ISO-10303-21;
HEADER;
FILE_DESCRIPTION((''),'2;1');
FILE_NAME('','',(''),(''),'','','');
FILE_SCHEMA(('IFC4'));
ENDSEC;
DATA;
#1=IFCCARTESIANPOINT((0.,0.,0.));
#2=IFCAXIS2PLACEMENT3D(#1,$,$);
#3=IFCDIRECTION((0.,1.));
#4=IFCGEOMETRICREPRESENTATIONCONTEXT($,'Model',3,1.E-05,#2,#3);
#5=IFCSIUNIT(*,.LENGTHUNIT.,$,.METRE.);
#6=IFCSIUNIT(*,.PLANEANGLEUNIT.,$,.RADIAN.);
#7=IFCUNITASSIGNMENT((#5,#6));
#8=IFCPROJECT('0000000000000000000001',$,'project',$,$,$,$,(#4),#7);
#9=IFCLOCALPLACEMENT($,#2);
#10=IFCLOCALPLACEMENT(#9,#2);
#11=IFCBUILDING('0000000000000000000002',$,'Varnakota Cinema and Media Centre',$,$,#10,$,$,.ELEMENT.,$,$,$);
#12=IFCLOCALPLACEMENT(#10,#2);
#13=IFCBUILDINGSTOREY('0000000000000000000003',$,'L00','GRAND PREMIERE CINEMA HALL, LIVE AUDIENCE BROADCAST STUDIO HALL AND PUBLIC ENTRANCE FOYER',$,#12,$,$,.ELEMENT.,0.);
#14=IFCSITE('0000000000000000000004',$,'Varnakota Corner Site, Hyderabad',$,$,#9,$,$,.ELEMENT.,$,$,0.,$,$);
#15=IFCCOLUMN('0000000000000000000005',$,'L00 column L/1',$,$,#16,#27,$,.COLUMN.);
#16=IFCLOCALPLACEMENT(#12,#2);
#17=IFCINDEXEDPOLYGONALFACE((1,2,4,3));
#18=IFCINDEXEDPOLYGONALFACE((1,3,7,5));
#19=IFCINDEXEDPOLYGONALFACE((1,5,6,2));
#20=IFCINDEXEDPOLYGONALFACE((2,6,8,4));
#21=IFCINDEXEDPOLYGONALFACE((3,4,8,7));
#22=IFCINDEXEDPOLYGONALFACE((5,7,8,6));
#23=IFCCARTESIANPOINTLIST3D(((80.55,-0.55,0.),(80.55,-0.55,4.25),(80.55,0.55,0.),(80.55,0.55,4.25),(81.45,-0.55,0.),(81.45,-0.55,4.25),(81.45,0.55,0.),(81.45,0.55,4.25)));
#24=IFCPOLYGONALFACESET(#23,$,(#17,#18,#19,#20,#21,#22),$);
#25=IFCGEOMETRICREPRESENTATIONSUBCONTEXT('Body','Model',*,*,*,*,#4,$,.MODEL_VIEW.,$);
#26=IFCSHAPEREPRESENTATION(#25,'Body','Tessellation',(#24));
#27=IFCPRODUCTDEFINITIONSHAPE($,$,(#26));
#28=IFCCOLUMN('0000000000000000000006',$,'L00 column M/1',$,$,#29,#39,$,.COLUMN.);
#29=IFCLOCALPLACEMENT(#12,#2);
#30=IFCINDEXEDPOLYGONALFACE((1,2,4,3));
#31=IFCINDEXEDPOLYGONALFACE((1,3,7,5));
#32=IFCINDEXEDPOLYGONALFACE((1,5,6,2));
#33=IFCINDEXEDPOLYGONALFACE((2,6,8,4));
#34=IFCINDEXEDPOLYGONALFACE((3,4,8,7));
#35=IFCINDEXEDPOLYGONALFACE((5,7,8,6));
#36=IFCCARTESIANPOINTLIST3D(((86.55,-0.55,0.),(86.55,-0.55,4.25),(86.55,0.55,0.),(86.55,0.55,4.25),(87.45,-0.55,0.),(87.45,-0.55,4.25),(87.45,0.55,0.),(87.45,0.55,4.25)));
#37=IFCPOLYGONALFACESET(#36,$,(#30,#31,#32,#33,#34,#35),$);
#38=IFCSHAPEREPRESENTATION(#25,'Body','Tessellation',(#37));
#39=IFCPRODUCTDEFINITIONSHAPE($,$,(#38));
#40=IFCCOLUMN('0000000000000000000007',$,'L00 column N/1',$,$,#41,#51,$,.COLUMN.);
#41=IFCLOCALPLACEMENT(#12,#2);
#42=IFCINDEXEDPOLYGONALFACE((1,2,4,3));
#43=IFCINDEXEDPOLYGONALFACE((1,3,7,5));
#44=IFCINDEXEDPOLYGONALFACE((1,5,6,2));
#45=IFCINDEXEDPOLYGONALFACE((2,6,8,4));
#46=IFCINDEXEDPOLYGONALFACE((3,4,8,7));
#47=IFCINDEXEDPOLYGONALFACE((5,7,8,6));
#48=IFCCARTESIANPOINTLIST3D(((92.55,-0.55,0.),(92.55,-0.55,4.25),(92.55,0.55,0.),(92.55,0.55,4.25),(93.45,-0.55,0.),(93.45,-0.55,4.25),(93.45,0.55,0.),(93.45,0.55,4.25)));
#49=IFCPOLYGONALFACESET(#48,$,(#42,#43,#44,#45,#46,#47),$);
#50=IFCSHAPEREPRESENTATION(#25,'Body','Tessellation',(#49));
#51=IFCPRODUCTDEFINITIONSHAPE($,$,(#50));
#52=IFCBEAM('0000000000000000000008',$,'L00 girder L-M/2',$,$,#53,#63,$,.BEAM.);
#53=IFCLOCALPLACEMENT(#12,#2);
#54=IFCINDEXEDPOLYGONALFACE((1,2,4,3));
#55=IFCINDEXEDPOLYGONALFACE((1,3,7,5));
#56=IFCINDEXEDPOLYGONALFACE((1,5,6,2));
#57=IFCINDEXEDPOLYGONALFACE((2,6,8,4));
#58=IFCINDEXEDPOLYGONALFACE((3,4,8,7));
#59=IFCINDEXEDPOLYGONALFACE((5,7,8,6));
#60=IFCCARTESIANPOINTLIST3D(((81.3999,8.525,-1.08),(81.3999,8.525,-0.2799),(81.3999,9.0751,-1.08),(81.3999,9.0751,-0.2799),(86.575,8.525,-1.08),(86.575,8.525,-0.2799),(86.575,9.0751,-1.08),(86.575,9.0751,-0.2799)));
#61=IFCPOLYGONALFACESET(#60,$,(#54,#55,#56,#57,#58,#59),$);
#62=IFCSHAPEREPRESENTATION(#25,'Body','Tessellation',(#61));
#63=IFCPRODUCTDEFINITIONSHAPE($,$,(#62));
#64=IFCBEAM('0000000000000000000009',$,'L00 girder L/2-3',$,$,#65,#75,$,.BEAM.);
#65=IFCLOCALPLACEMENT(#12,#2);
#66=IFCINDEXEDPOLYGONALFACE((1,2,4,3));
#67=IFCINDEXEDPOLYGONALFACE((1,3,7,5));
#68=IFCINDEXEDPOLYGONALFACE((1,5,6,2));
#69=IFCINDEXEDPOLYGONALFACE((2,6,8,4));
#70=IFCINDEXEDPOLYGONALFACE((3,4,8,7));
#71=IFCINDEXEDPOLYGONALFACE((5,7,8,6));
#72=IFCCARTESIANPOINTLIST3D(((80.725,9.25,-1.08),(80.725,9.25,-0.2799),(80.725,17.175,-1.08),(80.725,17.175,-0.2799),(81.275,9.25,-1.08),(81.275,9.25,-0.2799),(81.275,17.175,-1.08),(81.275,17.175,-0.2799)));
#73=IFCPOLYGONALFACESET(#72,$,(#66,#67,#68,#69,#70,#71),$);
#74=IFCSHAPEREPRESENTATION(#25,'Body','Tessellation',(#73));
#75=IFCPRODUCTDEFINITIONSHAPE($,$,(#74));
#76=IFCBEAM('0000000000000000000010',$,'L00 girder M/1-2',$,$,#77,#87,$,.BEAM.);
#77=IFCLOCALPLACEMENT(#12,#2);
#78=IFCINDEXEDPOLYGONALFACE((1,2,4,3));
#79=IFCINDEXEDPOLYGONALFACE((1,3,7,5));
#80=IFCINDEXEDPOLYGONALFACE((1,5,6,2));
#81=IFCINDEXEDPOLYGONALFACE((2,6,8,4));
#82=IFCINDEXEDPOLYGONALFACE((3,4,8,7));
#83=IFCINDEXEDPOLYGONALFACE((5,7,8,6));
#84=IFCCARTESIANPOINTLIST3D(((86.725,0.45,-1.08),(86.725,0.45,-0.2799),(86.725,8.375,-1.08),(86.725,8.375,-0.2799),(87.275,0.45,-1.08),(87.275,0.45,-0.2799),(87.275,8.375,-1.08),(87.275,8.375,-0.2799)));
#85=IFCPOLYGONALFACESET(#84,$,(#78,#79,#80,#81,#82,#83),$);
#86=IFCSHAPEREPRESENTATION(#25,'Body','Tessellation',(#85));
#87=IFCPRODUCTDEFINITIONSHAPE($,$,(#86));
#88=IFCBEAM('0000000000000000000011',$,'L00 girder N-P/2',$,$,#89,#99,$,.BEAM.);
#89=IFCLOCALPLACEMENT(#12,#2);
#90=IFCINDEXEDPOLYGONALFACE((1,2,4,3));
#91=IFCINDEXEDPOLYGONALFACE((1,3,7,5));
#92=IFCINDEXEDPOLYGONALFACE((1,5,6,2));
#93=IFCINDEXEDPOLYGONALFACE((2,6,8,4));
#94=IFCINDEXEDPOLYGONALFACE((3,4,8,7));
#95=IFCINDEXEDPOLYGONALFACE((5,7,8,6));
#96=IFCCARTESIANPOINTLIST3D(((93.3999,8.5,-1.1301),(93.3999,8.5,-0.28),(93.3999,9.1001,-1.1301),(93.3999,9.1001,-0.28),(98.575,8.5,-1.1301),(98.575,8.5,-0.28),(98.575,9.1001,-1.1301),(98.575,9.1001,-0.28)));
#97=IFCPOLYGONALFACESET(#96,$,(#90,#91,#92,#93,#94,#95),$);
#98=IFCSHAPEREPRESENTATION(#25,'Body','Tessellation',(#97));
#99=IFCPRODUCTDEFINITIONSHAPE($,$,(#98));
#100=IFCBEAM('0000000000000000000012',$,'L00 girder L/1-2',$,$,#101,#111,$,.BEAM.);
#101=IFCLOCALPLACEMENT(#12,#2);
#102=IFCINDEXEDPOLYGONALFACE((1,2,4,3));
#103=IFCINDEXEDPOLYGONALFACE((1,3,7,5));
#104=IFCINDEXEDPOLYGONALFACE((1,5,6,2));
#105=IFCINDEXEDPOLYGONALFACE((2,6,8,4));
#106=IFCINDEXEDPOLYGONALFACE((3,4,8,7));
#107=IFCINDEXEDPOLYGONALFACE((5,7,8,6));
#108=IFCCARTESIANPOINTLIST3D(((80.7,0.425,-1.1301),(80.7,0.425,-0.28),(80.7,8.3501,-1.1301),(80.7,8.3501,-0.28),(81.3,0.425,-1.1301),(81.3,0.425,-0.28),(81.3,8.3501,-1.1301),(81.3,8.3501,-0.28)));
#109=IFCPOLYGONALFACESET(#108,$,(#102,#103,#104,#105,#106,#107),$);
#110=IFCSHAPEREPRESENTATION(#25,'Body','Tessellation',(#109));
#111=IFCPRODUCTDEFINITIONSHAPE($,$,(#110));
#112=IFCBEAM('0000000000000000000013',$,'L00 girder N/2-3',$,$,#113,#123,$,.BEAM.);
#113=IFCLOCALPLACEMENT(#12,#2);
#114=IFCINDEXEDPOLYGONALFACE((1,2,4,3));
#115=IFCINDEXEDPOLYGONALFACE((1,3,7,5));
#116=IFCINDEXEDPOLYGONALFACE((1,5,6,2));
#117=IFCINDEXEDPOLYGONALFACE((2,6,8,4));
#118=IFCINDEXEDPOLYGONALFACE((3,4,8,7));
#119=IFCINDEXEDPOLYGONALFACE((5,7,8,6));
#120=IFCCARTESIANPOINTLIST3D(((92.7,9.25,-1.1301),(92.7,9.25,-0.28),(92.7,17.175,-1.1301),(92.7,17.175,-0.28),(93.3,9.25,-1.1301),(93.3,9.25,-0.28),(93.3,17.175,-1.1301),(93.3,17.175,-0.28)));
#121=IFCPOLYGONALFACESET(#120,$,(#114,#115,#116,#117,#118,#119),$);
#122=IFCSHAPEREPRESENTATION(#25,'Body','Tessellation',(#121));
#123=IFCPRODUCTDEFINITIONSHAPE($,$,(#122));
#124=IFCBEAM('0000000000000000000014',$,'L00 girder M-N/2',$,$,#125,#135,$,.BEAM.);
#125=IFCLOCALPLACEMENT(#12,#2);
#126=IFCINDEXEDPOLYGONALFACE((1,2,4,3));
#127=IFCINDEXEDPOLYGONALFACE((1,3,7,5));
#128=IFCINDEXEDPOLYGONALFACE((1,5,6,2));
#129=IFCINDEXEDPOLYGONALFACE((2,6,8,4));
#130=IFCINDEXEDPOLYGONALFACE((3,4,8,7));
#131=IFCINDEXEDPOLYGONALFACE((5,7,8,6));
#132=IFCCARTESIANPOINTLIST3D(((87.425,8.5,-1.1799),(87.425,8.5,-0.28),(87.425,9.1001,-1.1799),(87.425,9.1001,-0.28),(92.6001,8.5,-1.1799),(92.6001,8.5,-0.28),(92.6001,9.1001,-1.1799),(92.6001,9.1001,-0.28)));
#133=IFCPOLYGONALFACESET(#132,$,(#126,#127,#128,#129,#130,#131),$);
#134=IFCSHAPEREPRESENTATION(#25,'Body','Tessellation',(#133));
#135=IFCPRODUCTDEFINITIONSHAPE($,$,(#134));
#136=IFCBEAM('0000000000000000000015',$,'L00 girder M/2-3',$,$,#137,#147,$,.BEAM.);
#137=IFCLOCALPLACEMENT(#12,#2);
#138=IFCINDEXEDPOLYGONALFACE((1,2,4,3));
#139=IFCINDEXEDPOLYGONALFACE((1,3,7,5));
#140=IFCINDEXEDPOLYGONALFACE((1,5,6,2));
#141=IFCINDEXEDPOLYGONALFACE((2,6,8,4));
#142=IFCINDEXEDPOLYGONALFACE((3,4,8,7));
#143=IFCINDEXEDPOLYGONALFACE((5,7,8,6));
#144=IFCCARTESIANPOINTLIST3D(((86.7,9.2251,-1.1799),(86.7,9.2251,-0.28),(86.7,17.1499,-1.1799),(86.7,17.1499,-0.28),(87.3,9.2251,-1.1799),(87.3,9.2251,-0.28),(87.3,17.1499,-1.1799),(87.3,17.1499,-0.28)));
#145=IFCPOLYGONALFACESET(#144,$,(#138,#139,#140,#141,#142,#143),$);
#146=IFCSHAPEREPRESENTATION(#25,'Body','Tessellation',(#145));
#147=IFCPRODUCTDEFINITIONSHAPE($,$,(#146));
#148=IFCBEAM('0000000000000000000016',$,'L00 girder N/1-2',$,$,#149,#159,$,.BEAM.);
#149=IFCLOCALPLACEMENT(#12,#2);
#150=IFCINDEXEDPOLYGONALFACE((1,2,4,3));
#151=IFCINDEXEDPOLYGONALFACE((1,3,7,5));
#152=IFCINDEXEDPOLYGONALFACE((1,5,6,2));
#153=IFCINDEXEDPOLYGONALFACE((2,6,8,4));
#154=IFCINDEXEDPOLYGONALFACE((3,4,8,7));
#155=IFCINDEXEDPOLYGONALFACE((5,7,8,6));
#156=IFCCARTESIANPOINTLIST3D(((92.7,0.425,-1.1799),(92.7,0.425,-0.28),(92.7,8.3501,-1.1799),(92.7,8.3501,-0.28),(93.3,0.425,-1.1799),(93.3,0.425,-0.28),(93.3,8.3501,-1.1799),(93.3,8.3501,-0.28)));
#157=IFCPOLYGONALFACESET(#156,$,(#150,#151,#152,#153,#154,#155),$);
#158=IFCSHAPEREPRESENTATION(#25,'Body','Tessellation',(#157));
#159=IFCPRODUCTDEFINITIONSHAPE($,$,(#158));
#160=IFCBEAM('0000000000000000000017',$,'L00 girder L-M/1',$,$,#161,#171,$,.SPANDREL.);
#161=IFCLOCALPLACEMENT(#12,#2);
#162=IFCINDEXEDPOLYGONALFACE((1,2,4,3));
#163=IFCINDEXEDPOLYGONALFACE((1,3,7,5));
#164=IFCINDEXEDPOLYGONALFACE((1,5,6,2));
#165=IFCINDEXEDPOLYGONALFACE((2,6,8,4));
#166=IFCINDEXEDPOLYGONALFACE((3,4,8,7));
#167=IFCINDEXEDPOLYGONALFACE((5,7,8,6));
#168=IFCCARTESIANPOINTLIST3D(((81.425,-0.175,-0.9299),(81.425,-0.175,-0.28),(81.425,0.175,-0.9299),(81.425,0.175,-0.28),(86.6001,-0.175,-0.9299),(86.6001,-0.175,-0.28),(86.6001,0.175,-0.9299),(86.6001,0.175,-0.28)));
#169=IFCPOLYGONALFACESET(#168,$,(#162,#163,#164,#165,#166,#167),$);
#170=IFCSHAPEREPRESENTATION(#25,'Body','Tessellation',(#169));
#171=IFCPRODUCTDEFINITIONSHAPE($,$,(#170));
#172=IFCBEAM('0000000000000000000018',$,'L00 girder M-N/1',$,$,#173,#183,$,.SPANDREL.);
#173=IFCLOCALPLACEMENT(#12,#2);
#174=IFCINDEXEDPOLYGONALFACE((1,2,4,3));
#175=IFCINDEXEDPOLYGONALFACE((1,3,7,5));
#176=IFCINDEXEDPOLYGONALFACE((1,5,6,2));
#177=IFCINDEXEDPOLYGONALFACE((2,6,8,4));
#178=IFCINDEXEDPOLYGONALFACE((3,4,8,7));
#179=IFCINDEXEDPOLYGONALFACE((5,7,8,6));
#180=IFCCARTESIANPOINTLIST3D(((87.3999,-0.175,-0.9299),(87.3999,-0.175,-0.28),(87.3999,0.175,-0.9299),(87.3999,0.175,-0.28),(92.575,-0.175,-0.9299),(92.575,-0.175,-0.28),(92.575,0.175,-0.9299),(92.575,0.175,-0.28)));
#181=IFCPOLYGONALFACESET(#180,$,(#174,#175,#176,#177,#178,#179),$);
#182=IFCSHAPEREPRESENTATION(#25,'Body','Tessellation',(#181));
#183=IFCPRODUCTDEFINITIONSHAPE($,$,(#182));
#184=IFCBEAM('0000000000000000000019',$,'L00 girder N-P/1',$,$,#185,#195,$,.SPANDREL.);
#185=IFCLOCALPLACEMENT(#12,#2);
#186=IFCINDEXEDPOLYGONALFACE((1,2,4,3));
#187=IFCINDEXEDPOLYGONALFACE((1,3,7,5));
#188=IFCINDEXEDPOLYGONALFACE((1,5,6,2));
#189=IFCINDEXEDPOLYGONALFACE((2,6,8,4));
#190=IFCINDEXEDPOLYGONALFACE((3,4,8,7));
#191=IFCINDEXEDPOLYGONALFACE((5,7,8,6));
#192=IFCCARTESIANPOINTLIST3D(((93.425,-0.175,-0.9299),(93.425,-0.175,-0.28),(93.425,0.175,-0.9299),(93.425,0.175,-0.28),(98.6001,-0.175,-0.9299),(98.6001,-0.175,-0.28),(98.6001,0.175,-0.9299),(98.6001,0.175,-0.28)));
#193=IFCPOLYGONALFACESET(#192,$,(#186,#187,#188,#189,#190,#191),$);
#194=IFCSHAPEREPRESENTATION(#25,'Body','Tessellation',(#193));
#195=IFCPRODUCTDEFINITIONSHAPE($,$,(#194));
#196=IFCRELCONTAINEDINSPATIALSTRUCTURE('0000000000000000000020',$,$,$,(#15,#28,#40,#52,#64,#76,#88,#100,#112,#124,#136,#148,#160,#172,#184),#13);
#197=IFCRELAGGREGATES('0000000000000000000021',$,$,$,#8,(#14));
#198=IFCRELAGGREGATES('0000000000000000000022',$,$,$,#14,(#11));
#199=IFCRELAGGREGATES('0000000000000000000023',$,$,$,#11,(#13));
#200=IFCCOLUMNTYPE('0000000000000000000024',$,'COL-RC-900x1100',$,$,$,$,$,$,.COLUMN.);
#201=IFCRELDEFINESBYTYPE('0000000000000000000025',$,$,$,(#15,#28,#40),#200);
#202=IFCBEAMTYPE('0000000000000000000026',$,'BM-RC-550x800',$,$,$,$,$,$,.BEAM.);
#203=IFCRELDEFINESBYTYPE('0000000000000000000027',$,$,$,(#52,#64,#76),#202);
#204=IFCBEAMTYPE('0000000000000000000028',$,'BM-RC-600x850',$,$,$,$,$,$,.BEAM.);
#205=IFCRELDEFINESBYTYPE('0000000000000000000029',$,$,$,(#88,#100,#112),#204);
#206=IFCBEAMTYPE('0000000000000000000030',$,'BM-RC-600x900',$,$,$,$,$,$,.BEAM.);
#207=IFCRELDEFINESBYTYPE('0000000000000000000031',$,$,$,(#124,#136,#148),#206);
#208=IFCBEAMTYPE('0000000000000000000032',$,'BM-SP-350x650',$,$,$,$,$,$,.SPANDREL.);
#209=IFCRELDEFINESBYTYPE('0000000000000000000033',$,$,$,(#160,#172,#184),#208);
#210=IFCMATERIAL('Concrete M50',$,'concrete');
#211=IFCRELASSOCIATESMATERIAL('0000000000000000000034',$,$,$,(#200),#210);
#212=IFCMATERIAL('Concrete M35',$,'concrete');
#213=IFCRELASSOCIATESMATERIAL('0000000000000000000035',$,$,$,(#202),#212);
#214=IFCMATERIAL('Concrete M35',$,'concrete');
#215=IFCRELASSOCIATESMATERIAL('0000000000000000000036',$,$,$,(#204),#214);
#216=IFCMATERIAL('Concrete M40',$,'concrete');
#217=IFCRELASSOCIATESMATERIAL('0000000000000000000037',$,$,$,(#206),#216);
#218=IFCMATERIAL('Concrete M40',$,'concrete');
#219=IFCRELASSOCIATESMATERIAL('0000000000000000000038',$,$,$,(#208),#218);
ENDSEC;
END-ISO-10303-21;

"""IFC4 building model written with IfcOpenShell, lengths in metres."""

from ifc_helpers import new_model, si_unit, direction, frame, origin, origin_2d, place, context, subcontext, project, spatial, rectangle, extrude, material, material_profile, profile_set, type_object, element, save


model = new_model("IFC4")

# Units and contexts
model_context = context("Model", 3, precision=1e-05, world=origin(), true_north=direction((0.0, 1.0)))
body_context = subcontext(model_context, "Body", "Model", "MODEL_VIEW")
ifc_project = project(units=[si_unit("LENGTHUNIT", "METRE"), si_unit("PLANEANGLEUNIT", "RADIAN")], contexts=[model_context])

# Site, building, storey
site_placement = place(None, origin())
site = spatial("IfcSite", under=ifc_project, at=site_placement, Name="Varnakota Corner Site, Hyderabad", CompositionType="ELEMENT", RefElevation=0.0)
building_placement = place(site_placement, origin())
building = spatial("IfcBuilding", under=site, at=building_placement, Name="Varnakota Cinema and Media Centre", CompositionType="ELEMENT")
storey_placement = place(building_placement, origin())
storey = spatial("IfcBuildingStorey", under=building, at=storey_placement, Name="L00", Description="GRAND PREMIERE CINEMA HALL, LIVE AUDIENCE BROADCAST STUDIO HALL AND PUBLIC ENTRANCE FOYER", CompositionType="ELEMENT", Elevation=0.0)

# Columns
ifc_material_1 = material(Name="Concrete M50", Category="concrete")
ifc_material_profile_1 = material_profile(ifc_material_1, rectangle(XDim=0.8999, YDim=1.1001, at=origin_2d()), Name="RC 900x1100")
ifc_profile_set_1 = profile_set([ifc_material_profile_1], Name="Concrete M50")
column_type = type_object("IfcColumnType", Name="COL-RC-900x1100", PredefinedType="COLUMN", material=ifc_profile_set_1)
for number, where, z_axis, x_axis, name in (
    (1, (81.0, 0.0, 0.0), (0.0, 0.0, 1.0), (1.0, 0.0, 0.0), "L00 column L/1"),
    (2, (87.0, 0.0, 0.0), (0.0, 0.0, 1.0), (1.0, 0.0, 0.0), "L00 column M/1"),
    (3, (93.0, 0.0, 0.0), (0.0, 0.0, 1.0), (1.0, 0.0, 0.0), "L00 column N/1"),
):
    element("IfcColumn", number, at=place(storey_placement, frame(where, z_axis=z_axis, x_axis=x_axis)), inside=storey, type_object=column_type, Name=name, PredefinedType="COLUMN", context=body_context, shape_type="SweptSolid", body=[
        extrude(rectangle(XDim=0.8999, YDim=1.1001, at=origin_2d()), origin(), (0.0, 0.0, 1.0), 4.25),
    ])

# Beams
ifc_material_2 = material(Name="Concrete M35", Category="concrete")
ifc_material_profile_2 = material_profile(ifc_material_2, rectangle(XDim=0.55, YDim=0.8, at=origin_2d()), Name="RCB 550x800")
ifc_profile_set_2 = profile_set([ifc_material_profile_2], Name="Concrete M35")
beam_type_1 = type_object("IfcBeamType", Name="BM-RC-550x800", PredefinedType="BEAM", material=ifc_profile_set_2)
beam_1_placement = place(storey_placement, frame((81.3999, 8.8, -0.6799), z_axis=(1.0, 0.0, 0.0), x_axis=(0.0, 1.0, 0.0)))
element("IfcBeam", 4, at=beam_1_placement, inside=storey, type_object=beam_type_1, Name="L00 girder L-M/2", PredefinedType="BEAM", context=body_context, shape_type="SweptSolid", body=[
    extrude(rectangle(XDim=0.55, YDim=0.8, at=origin_2d()), origin(), (0.0, 0.0, 1.0), 5.175),
])
for number, where, z_axis, x_axis, name in (
    (5, (81.0, 9.25, -0.6799), (0.0, 1.0, 0.0), (-1.0, 0.0, 0.0), "L00 girder L/2-3"),
    (6, (87.0, 0.45, -0.6799), (0.0, 1.0, 0.0), (-1.0, 0.0, 0.0), "L00 girder M/1-2"),
):
    element("IfcBeam", number, at=place(storey_placement, frame(where, z_axis=z_axis, x_axis=x_axis)), inside=storey, type_object=beam_type_1, Name=name, PredefinedType="BEAM", context=body_context, shape_type="SweptSolid", body=[
        extrude(rectangle(XDim=0.55, YDim=0.8, at=origin_2d()), origin(), (0.0, 0.0, 1.0), 7.925),
    ])
ifc_material_3 = material(Name="Concrete M35", Category="concrete")
ifc_material_profile_3 = material_profile(ifc_material_3, rectangle(XDim=0.6001, YDim=0.8501, at=origin_2d()), Name="RCB 600x850")
ifc_profile_set_3 = profile_set([ifc_material_profile_3], Name="Concrete M35")
beam_type_2 = type_object("IfcBeamType", Name="BM-RC-600x850", PredefinedType="BEAM", material=ifc_profile_set_3)
beam_2_placement = place(storey_placement, frame((93.3999, 8.8, -0.7051), z_axis=(1.0, 0.0, 0.0), x_axis=(0.0, 1.0, 0.0)))
element("IfcBeam", 7, at=beam_2_placement, inside=storey, type_object=beam_type_2, Name="L00 girder N-P/2", PredefinedType="BEAM", context=body_context, shape_type="SweptSolid", body=[
    extrude(rectangle(XDim=0.6001, YDim=0.8501, at=origin_2d()), origin(), (0.0, 0.0, 1.0), 5.175),
])
for number, where, z_axis, x_axis, name in (
    (8, (81.0, 0.425, -0.7051), (0.0, 1.0, 0.0), (-1.0, 0.0, 0.0), "L00 girder L/1-2"),
    (9, (93.0, 9.25, -0.7051), (0.0, 1.0, 0.0), (-1.0, 0.0, 0.0), "L00 girder N/2-3"),
):
    element("IfcBeam", number, at=place(storey_placement, frame(where, z_axis=z_axis, x_axis=x_axis)), inside=storey, type_object=beam_type_2, Name=name, PredefinedType="BEAM", context=body_context, shape_type="SweptSolid", body=[
        extrude(rectangle(XDim=0.6001, YDim=0.8501, at=origin_2d()), origin(), (0.0, 0.0, 1.0), 7.925),
    ])
ifc_material_4 = material(Name="Concrete M40", Category="concrete")
ifc_material_profile_4 = material_profile(ifc_material_4, rectangle(XDim=0.6001, YDim=0.8999, at=origin_2d()), Name="RCB 600x900")
ifc_profile_set_4 = profile_set([ifc_material_profile_4], Name="Concrete M40")
beam_type_3 = type_object("IfcBeamType", Name="BM-RC-600x900", PredefinedType="BEAM", material=ifc_profile_set_4)
beam_3_placement = place(storey_placement, frame((87.425, 8.8, -0.73), z_axis=(1.0, 0.0, 0.0), x_axis=(0.0, 1.0, 0.0)))
element("IfcBeam", 10, at=beam_3_placement, inside=storey, type_object=beam_type_3, Name="L00 girder M-N/2", PredefinedType="BEAM", context=body_context, shape_type="SweptSolid", body=[
    extrude(rectangle(XDim=0.6001, YDim=0.8999, at=origin_2d()), origin(), (0.0, 0.0, 1.0), 5.175),
])
beam_4_placement = place(storey_placement, frame((87.0, 9.2251, -0.73), z_axis=(0.0, 1.0, 0.0), x_axis=(-1.0, 0.0, 0.0)))
element("IfcBeam", 11, at=beam_4_placement, inside=storey, type_object=beam_type_3, Name="L00 girder M/2-3", PredefinedType="BEAM", context=body_context, shape_type="SweptSolid", body=[
    extrude(rectangle(XDim=0.6001, YDim=0.8999, at=origin_2d()), origin(), (0.0, 0.0, 1.0), 7.9248),
])
beam_5_placement = place(storey_placement, frame((93.0, 0.425, -0.73), z_axis=(0.0, 1.0, 0.0), x_axis=(-1.0, 0.0, 0.0)))
element("IfcBeam", 12, at=beam_5_placement, inside=storey, type_object=beam_type_3, Name="L00 girder N/1-2", PredefinedType="BEAM", context=body_context, shape_type="SweptSolid", body=[
    extrude(rectangle(XDim=0.6001, YDim=0.8999, at=origin_2d()), origin(), (0.0, 0.0, 1.0), 7.925),
])
ifc_material_5 = material(Name="Concrete M40", Category="concrete")
ifc_material_profile_5 = material_profile(ifc_material_5, rectangle(XDim=0.3501, YDim=0.6499, at=origin_2d()), Name="RCB 350x650")
ifc_profile_set_5 = profile_set([ifc_material_profile_5], Name="Concrete M40")
beam_type_4 = type_object("IfcBeamType", Name="BM-SP-350x650", PredefinedType="SPANDREL", material=ifc_profile_set_5)
for number, where, z_axis, x_axis, name in (
    (13, (81.425, 0.0, -0.605), (1.0, 0.0, 0.0), (0.0, 1.0, 0.0), "L00 girder L-M/1"),
    (14, (87.3999, 0.0, -0.605), (1.0, 0.0, 0.0), (0.0, 1.0, 0.0), "L00 girder M-N/1"),
    (15, (93.425, 0.0, -0.605), (1.0, 0.0, 0.0), (0.0, 1.0, 0.0), "L00 girder N-P/1"),
):
    element("IfcBeam", number, at=place(storey_placement, frame(where, z_axis=z_axis, x_axis=x_axis)), inside=storey, type_object=beam_type_4, Name=name, PredefinedType="SPANDREL", context=body_context, shape_type="SweptSolid", body=[
        extrude(rectangle(XDim=0.3501, YDim=0.6499, at=origin_2d()), origin(), (0.0, 0.0, 1.0), 5.175),
    ])

save(model, "model.ifc")
